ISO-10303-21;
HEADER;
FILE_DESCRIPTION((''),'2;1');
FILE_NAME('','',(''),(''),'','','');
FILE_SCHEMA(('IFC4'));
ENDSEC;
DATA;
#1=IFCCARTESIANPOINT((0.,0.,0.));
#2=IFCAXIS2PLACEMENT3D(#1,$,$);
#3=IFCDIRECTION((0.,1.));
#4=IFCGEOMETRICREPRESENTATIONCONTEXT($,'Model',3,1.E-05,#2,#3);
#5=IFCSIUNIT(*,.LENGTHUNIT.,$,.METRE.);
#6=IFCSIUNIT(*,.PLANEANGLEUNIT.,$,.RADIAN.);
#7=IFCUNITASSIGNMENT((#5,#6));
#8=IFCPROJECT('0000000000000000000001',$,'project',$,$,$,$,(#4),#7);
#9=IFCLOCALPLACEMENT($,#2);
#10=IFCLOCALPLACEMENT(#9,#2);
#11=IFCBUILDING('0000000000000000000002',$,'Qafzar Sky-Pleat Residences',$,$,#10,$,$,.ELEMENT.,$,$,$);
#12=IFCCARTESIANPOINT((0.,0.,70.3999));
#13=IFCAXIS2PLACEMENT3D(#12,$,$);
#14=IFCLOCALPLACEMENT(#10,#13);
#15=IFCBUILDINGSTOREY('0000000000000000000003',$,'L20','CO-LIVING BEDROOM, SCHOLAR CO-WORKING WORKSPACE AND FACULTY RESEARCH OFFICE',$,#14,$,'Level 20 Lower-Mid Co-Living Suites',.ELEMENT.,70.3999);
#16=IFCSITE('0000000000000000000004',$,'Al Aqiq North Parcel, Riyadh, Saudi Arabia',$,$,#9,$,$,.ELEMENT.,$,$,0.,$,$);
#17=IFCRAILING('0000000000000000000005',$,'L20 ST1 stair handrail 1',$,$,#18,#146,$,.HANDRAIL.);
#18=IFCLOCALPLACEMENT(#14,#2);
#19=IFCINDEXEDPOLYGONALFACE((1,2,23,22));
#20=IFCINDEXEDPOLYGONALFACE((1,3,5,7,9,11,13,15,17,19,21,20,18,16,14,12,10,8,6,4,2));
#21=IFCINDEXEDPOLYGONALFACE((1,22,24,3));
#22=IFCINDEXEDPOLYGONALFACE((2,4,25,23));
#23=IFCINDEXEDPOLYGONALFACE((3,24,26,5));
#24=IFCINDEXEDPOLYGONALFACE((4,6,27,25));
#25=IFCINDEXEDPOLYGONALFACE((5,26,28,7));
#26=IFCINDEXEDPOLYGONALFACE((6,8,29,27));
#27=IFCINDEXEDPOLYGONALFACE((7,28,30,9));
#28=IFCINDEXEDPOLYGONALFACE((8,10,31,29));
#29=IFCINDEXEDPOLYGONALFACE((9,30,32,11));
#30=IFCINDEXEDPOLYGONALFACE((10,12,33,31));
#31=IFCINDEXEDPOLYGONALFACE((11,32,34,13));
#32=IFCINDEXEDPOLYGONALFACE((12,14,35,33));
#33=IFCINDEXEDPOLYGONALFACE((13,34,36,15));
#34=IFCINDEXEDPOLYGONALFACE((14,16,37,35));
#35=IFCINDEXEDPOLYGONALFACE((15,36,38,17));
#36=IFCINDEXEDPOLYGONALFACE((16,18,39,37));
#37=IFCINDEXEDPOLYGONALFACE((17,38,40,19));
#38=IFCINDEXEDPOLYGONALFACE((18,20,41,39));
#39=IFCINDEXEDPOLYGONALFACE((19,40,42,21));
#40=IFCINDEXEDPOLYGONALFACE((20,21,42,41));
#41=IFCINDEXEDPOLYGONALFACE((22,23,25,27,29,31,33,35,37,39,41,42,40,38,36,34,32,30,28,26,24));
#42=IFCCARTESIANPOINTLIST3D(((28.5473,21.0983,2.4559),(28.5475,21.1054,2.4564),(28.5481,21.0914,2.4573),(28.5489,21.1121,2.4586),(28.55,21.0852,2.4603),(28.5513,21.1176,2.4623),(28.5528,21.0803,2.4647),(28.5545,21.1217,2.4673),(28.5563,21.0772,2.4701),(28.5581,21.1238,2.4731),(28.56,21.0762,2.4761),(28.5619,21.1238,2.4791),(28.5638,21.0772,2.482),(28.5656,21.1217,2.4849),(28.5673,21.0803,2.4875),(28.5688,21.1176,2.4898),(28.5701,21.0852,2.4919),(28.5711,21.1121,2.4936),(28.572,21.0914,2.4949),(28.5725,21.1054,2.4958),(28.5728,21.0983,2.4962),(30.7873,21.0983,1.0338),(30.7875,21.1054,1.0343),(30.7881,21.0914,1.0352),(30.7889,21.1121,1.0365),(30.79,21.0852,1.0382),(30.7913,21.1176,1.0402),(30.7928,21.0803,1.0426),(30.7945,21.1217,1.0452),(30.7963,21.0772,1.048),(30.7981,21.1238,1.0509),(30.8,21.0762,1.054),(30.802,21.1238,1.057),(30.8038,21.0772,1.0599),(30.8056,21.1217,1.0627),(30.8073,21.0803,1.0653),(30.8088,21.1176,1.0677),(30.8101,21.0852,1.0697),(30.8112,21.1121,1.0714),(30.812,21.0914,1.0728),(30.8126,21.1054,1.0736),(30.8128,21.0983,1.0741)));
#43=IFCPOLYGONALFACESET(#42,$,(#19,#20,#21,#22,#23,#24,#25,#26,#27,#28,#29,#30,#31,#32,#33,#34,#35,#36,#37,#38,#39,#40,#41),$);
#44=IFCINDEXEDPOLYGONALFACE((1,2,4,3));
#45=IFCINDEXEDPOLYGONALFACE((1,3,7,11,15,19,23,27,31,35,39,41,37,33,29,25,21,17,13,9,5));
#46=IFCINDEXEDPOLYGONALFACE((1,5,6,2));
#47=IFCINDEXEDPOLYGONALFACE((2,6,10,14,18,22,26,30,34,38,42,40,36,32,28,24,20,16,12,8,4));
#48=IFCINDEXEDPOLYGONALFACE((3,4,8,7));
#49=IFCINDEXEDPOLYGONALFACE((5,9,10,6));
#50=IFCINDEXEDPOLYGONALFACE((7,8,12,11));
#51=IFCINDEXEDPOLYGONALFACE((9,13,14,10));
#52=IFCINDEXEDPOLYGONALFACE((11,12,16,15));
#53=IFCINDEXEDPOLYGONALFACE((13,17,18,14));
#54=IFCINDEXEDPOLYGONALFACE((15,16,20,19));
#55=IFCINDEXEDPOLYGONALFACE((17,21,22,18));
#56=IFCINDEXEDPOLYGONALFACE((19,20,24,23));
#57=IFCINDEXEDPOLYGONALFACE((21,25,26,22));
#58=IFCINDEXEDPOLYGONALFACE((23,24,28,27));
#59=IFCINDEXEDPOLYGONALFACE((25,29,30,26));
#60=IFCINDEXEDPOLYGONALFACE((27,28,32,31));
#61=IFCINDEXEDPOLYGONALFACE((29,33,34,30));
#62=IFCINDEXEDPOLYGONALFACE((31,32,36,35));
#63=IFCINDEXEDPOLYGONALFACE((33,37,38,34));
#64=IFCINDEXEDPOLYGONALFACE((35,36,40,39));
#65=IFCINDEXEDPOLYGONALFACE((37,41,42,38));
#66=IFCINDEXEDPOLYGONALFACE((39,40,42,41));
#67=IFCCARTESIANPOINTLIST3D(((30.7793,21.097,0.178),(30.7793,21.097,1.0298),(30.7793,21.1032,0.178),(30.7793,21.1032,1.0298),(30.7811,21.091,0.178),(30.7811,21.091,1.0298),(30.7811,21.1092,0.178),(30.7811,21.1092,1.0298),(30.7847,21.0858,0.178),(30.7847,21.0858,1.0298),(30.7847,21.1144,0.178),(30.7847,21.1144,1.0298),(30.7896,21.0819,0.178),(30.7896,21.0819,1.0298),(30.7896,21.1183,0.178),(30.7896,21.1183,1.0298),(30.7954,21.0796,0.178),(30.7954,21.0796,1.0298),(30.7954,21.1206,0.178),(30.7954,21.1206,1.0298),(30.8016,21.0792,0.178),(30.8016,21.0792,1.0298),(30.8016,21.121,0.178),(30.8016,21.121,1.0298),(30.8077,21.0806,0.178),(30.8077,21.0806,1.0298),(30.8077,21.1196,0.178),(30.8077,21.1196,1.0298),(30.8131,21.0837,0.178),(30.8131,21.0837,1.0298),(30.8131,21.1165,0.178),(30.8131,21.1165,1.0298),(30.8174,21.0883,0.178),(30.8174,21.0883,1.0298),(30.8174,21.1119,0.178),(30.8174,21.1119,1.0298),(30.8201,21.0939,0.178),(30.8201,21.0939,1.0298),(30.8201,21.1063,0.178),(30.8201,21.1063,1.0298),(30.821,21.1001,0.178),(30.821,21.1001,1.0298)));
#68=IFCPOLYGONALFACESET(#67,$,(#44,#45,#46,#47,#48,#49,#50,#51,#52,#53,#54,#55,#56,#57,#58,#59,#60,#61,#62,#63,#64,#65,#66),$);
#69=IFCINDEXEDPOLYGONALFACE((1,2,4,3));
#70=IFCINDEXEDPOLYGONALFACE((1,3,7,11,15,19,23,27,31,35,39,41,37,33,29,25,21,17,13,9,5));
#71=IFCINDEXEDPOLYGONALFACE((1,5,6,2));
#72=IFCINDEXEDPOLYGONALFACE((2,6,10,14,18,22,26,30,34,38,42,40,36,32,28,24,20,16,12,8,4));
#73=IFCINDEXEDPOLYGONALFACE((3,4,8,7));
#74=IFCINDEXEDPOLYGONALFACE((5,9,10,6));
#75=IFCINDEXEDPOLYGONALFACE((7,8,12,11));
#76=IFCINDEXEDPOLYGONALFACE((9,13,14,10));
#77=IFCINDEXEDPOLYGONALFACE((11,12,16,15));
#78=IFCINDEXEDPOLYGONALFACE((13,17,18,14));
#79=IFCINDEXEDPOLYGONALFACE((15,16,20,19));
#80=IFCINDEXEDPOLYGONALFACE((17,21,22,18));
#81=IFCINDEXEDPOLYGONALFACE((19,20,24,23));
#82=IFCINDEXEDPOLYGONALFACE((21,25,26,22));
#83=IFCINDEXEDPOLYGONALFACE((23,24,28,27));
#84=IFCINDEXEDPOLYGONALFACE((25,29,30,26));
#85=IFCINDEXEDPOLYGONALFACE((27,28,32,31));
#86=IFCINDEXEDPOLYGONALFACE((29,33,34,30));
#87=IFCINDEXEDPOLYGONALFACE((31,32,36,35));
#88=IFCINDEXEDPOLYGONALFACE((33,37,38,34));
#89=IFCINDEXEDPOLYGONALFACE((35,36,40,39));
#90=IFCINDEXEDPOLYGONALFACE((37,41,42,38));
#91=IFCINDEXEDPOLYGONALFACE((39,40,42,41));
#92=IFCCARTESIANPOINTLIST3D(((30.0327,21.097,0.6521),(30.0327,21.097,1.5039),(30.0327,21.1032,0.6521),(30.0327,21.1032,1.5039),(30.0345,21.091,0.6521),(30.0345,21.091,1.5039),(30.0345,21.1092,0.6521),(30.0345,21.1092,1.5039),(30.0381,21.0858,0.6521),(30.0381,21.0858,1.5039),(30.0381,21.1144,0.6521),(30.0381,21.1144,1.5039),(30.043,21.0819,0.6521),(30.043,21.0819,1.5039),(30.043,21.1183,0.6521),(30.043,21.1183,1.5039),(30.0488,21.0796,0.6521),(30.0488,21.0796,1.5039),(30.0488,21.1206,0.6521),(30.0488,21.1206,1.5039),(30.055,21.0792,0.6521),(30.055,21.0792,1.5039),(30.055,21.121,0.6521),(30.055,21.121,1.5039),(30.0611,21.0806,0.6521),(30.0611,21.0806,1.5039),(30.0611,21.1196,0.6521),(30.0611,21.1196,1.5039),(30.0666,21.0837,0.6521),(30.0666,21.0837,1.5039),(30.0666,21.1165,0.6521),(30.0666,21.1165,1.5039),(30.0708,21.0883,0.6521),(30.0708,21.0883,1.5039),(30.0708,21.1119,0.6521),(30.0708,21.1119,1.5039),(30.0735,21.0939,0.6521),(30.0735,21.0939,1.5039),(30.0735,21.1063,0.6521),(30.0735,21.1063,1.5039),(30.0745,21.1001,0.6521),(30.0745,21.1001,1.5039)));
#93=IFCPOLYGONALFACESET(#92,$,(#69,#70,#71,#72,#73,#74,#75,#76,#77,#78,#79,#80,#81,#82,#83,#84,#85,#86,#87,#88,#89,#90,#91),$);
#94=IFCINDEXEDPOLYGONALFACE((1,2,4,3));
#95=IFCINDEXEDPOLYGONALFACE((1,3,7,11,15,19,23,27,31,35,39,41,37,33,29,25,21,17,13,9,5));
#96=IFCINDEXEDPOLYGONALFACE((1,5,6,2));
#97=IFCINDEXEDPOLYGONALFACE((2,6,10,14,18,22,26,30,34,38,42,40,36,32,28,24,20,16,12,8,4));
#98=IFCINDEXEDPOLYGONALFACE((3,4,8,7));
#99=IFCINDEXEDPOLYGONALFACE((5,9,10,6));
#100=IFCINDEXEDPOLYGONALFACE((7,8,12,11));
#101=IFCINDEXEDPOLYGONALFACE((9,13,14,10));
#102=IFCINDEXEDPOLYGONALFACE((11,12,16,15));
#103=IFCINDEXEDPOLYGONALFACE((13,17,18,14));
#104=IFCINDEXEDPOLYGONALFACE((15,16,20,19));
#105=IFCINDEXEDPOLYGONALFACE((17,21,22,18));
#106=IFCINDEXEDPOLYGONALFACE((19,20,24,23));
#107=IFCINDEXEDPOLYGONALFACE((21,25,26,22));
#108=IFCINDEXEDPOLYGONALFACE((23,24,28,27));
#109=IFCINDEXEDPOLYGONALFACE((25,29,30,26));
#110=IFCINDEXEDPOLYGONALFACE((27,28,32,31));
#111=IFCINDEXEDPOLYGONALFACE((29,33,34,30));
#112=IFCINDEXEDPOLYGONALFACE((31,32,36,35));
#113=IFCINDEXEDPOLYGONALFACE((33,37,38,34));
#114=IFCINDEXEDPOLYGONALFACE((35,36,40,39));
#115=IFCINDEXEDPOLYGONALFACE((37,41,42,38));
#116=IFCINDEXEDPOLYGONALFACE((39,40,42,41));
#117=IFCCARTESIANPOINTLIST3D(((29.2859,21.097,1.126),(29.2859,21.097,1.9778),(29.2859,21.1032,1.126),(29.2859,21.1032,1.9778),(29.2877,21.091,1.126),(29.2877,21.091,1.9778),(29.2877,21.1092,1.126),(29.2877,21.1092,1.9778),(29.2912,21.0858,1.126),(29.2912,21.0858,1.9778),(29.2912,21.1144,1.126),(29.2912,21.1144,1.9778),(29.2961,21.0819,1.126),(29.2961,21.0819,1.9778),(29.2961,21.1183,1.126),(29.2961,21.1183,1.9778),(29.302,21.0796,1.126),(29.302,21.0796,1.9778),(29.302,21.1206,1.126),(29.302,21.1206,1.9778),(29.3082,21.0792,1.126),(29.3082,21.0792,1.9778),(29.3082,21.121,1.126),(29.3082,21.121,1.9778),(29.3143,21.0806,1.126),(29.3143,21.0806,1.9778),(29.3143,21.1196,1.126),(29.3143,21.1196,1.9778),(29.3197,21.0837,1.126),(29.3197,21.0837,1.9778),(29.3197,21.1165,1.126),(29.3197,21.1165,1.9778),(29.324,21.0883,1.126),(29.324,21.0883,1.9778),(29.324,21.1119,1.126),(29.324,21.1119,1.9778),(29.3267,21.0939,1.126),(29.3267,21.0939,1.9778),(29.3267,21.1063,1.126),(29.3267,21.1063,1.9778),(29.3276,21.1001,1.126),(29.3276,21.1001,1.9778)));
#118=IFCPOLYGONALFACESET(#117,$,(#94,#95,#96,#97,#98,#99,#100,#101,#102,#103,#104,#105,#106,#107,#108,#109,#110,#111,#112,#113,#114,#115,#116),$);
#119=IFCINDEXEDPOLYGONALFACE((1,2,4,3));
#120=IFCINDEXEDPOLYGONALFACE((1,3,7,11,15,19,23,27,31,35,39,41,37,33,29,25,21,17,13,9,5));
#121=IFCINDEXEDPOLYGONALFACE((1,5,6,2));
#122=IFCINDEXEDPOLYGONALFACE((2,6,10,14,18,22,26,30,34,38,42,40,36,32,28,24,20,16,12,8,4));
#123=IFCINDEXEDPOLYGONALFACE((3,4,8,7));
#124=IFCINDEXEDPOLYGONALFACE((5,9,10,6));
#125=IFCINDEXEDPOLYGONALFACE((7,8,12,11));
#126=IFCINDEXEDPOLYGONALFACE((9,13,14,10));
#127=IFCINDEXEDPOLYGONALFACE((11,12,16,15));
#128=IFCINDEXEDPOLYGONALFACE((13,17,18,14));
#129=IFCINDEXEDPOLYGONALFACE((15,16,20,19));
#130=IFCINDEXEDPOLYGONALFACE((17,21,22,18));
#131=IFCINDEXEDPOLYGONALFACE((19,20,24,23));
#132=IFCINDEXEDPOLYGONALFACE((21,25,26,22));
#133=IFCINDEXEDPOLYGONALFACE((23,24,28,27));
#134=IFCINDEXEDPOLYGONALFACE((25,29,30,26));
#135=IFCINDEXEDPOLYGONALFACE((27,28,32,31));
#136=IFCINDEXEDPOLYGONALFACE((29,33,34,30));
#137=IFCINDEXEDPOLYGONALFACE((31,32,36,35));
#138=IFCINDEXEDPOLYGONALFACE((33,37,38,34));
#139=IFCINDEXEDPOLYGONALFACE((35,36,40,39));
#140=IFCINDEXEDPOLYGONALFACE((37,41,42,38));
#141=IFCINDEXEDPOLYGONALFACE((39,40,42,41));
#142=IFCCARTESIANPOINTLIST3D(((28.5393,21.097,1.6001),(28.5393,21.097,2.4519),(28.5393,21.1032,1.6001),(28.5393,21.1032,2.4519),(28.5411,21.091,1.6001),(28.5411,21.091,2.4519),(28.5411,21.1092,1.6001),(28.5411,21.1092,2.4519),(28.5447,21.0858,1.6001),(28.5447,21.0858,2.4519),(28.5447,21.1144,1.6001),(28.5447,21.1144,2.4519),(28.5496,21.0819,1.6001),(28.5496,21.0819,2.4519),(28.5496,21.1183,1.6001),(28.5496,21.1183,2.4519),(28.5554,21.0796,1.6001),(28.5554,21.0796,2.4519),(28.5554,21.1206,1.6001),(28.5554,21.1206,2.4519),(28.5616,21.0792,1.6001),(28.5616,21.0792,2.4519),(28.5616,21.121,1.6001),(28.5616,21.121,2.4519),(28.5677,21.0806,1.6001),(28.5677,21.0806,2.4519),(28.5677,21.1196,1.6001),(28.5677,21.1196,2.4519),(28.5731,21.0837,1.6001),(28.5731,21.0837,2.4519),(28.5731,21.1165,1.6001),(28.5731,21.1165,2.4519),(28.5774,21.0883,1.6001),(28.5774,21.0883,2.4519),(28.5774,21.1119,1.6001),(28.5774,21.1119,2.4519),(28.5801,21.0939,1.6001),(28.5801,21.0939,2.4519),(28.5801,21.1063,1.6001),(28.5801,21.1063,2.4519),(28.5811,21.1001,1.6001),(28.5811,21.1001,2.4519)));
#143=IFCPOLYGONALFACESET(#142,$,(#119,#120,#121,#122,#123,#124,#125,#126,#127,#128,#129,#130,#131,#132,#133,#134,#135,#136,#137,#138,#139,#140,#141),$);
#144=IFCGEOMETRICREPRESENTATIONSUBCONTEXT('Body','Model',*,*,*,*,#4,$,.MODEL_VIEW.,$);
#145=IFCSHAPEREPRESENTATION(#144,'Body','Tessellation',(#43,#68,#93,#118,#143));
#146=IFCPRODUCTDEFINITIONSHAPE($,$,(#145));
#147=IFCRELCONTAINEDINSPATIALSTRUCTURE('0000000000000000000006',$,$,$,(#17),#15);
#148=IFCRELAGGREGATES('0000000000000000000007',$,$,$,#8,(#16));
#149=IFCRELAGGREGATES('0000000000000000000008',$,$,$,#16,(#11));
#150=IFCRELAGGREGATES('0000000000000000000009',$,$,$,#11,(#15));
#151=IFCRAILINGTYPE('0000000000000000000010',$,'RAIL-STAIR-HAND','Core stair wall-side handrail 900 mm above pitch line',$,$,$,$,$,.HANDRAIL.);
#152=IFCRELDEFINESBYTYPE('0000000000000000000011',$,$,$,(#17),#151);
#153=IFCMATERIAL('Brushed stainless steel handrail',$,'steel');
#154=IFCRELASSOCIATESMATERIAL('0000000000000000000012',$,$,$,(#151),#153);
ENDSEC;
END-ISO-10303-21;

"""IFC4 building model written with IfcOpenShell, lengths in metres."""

from ifc_helpers import new_model, si_unit, direction, frame, origin, origin_2d, place, context, subcontext, project, spatial, circle, extrude, source, transform, mapped, material, type_object, element, save


model = new_model("IFC4")

# Units and contexts
model_context = context("Model", 3, precision=1e-05, world=origin(), true_north=direction((0.0, 1.0)))
body_context = subcontext(model_context, "Body", "Model", "MODEL_VIEW")
ifc_project = project(units=[si_unit("LENGTHUNIT", "METRE"), si_unit("PLANEANGLEUNIT", "RADIAN")], contexts=[model_context])

# Site, building, storey
site_placement = place(None, origin())
site = spatial("IfcSite", under=ifc_project, at=site_placement, Name="Al Aqiq North Parcel, Riyadh, Saudi Arabia", CompositionType="ELEMENT", RefElevation=0.0)
building_placement = place(site_placement, origin())
building = spatial("IfcBuilding", under=site, at=building_placement, Name="Qafzar Sky-Pleat Residences", CompositionType="ELEMENT")
storey_placement = place(building_placement, frame((0.0, 0.0, 70.3999)))
storey = spatial("IfcBuildingStorey", under=building, at=storey_placement, Name="L20", Description="CO-LIVING BEDROOM, SCHOLAR CO-WORKING WORKSPACE AND FACULTY RESEARCH OFFICE", LongName="Level 20 Lower-Mid Co-Living Suites", CompositionType="ELEMENT", Elevation=70.3999)

# Railing
ifc_material_1 = material(Name="Brushed stainless steel handrail", Category="steel")
railing_type_1 = type_object("IfcRailingType", Name="RAIL-STAIR-HAND", Description="Core stair wall-side handrail 900 mm above pitch line", PredefinedType="HANDRAIL", material=ifc_material_1)
shared_shape_1 = source(origin(), body_context, "Body", "SweptSolid", [
    extrude(circle(Radius=0.0239, at=origin_2d()), frame((0.0, 0.0, 0.876), z_axis=(-0.844229, 0.0, 0.535982), x_axis=(0.0, -1.0, 0.0)), (0.0, 0.0, 1.0), 2.6533),
    extrude(circle(Radius=0.021, at=origin_2d()), origin(), (0.0, 0.0, 1.0), 0.8518),
    extrude(circle(Radius=0.021, at=origin_2d()), frame((-0.7466, 0.0, 0.4741)), (0.0, 0.0, 1.0), 0.8518),
    extrude(circle(Radius=0.021, at=origin_2d()), frame((-1.4934, 0.0, 0.948)), (0.0, 0.0, 1.0), 0.8518),
    extrude(circle(Radius=0.021, at=origin_2d()), frame((-2.24, 0.0, 1.4221)), (0.0, 0.0, 1.0), 0.8518),
])
railing_1_placement = place(storey_placement, frame((30.8, 21.1001, 0.178)))
element("IfcRailing", 1, at=railing_1_placement, inside=storey, type_object=railing_type_1, Name="L20 ST1 stair handrail 1", PredefinedType="HANDRAIL", context=body_context, shape_type="MappedRepresentation", body=[
    mapped(shared_shape_1, transform((0.0, 0.0, 0.0), x_axis=(1.0, 0.0, 0.0), y_axis=(0.0, 1.0, 0.0), z_axis=(0.0, 0.0, 1.0), scale=1.0)),
])

save(model, "model.ifc")
